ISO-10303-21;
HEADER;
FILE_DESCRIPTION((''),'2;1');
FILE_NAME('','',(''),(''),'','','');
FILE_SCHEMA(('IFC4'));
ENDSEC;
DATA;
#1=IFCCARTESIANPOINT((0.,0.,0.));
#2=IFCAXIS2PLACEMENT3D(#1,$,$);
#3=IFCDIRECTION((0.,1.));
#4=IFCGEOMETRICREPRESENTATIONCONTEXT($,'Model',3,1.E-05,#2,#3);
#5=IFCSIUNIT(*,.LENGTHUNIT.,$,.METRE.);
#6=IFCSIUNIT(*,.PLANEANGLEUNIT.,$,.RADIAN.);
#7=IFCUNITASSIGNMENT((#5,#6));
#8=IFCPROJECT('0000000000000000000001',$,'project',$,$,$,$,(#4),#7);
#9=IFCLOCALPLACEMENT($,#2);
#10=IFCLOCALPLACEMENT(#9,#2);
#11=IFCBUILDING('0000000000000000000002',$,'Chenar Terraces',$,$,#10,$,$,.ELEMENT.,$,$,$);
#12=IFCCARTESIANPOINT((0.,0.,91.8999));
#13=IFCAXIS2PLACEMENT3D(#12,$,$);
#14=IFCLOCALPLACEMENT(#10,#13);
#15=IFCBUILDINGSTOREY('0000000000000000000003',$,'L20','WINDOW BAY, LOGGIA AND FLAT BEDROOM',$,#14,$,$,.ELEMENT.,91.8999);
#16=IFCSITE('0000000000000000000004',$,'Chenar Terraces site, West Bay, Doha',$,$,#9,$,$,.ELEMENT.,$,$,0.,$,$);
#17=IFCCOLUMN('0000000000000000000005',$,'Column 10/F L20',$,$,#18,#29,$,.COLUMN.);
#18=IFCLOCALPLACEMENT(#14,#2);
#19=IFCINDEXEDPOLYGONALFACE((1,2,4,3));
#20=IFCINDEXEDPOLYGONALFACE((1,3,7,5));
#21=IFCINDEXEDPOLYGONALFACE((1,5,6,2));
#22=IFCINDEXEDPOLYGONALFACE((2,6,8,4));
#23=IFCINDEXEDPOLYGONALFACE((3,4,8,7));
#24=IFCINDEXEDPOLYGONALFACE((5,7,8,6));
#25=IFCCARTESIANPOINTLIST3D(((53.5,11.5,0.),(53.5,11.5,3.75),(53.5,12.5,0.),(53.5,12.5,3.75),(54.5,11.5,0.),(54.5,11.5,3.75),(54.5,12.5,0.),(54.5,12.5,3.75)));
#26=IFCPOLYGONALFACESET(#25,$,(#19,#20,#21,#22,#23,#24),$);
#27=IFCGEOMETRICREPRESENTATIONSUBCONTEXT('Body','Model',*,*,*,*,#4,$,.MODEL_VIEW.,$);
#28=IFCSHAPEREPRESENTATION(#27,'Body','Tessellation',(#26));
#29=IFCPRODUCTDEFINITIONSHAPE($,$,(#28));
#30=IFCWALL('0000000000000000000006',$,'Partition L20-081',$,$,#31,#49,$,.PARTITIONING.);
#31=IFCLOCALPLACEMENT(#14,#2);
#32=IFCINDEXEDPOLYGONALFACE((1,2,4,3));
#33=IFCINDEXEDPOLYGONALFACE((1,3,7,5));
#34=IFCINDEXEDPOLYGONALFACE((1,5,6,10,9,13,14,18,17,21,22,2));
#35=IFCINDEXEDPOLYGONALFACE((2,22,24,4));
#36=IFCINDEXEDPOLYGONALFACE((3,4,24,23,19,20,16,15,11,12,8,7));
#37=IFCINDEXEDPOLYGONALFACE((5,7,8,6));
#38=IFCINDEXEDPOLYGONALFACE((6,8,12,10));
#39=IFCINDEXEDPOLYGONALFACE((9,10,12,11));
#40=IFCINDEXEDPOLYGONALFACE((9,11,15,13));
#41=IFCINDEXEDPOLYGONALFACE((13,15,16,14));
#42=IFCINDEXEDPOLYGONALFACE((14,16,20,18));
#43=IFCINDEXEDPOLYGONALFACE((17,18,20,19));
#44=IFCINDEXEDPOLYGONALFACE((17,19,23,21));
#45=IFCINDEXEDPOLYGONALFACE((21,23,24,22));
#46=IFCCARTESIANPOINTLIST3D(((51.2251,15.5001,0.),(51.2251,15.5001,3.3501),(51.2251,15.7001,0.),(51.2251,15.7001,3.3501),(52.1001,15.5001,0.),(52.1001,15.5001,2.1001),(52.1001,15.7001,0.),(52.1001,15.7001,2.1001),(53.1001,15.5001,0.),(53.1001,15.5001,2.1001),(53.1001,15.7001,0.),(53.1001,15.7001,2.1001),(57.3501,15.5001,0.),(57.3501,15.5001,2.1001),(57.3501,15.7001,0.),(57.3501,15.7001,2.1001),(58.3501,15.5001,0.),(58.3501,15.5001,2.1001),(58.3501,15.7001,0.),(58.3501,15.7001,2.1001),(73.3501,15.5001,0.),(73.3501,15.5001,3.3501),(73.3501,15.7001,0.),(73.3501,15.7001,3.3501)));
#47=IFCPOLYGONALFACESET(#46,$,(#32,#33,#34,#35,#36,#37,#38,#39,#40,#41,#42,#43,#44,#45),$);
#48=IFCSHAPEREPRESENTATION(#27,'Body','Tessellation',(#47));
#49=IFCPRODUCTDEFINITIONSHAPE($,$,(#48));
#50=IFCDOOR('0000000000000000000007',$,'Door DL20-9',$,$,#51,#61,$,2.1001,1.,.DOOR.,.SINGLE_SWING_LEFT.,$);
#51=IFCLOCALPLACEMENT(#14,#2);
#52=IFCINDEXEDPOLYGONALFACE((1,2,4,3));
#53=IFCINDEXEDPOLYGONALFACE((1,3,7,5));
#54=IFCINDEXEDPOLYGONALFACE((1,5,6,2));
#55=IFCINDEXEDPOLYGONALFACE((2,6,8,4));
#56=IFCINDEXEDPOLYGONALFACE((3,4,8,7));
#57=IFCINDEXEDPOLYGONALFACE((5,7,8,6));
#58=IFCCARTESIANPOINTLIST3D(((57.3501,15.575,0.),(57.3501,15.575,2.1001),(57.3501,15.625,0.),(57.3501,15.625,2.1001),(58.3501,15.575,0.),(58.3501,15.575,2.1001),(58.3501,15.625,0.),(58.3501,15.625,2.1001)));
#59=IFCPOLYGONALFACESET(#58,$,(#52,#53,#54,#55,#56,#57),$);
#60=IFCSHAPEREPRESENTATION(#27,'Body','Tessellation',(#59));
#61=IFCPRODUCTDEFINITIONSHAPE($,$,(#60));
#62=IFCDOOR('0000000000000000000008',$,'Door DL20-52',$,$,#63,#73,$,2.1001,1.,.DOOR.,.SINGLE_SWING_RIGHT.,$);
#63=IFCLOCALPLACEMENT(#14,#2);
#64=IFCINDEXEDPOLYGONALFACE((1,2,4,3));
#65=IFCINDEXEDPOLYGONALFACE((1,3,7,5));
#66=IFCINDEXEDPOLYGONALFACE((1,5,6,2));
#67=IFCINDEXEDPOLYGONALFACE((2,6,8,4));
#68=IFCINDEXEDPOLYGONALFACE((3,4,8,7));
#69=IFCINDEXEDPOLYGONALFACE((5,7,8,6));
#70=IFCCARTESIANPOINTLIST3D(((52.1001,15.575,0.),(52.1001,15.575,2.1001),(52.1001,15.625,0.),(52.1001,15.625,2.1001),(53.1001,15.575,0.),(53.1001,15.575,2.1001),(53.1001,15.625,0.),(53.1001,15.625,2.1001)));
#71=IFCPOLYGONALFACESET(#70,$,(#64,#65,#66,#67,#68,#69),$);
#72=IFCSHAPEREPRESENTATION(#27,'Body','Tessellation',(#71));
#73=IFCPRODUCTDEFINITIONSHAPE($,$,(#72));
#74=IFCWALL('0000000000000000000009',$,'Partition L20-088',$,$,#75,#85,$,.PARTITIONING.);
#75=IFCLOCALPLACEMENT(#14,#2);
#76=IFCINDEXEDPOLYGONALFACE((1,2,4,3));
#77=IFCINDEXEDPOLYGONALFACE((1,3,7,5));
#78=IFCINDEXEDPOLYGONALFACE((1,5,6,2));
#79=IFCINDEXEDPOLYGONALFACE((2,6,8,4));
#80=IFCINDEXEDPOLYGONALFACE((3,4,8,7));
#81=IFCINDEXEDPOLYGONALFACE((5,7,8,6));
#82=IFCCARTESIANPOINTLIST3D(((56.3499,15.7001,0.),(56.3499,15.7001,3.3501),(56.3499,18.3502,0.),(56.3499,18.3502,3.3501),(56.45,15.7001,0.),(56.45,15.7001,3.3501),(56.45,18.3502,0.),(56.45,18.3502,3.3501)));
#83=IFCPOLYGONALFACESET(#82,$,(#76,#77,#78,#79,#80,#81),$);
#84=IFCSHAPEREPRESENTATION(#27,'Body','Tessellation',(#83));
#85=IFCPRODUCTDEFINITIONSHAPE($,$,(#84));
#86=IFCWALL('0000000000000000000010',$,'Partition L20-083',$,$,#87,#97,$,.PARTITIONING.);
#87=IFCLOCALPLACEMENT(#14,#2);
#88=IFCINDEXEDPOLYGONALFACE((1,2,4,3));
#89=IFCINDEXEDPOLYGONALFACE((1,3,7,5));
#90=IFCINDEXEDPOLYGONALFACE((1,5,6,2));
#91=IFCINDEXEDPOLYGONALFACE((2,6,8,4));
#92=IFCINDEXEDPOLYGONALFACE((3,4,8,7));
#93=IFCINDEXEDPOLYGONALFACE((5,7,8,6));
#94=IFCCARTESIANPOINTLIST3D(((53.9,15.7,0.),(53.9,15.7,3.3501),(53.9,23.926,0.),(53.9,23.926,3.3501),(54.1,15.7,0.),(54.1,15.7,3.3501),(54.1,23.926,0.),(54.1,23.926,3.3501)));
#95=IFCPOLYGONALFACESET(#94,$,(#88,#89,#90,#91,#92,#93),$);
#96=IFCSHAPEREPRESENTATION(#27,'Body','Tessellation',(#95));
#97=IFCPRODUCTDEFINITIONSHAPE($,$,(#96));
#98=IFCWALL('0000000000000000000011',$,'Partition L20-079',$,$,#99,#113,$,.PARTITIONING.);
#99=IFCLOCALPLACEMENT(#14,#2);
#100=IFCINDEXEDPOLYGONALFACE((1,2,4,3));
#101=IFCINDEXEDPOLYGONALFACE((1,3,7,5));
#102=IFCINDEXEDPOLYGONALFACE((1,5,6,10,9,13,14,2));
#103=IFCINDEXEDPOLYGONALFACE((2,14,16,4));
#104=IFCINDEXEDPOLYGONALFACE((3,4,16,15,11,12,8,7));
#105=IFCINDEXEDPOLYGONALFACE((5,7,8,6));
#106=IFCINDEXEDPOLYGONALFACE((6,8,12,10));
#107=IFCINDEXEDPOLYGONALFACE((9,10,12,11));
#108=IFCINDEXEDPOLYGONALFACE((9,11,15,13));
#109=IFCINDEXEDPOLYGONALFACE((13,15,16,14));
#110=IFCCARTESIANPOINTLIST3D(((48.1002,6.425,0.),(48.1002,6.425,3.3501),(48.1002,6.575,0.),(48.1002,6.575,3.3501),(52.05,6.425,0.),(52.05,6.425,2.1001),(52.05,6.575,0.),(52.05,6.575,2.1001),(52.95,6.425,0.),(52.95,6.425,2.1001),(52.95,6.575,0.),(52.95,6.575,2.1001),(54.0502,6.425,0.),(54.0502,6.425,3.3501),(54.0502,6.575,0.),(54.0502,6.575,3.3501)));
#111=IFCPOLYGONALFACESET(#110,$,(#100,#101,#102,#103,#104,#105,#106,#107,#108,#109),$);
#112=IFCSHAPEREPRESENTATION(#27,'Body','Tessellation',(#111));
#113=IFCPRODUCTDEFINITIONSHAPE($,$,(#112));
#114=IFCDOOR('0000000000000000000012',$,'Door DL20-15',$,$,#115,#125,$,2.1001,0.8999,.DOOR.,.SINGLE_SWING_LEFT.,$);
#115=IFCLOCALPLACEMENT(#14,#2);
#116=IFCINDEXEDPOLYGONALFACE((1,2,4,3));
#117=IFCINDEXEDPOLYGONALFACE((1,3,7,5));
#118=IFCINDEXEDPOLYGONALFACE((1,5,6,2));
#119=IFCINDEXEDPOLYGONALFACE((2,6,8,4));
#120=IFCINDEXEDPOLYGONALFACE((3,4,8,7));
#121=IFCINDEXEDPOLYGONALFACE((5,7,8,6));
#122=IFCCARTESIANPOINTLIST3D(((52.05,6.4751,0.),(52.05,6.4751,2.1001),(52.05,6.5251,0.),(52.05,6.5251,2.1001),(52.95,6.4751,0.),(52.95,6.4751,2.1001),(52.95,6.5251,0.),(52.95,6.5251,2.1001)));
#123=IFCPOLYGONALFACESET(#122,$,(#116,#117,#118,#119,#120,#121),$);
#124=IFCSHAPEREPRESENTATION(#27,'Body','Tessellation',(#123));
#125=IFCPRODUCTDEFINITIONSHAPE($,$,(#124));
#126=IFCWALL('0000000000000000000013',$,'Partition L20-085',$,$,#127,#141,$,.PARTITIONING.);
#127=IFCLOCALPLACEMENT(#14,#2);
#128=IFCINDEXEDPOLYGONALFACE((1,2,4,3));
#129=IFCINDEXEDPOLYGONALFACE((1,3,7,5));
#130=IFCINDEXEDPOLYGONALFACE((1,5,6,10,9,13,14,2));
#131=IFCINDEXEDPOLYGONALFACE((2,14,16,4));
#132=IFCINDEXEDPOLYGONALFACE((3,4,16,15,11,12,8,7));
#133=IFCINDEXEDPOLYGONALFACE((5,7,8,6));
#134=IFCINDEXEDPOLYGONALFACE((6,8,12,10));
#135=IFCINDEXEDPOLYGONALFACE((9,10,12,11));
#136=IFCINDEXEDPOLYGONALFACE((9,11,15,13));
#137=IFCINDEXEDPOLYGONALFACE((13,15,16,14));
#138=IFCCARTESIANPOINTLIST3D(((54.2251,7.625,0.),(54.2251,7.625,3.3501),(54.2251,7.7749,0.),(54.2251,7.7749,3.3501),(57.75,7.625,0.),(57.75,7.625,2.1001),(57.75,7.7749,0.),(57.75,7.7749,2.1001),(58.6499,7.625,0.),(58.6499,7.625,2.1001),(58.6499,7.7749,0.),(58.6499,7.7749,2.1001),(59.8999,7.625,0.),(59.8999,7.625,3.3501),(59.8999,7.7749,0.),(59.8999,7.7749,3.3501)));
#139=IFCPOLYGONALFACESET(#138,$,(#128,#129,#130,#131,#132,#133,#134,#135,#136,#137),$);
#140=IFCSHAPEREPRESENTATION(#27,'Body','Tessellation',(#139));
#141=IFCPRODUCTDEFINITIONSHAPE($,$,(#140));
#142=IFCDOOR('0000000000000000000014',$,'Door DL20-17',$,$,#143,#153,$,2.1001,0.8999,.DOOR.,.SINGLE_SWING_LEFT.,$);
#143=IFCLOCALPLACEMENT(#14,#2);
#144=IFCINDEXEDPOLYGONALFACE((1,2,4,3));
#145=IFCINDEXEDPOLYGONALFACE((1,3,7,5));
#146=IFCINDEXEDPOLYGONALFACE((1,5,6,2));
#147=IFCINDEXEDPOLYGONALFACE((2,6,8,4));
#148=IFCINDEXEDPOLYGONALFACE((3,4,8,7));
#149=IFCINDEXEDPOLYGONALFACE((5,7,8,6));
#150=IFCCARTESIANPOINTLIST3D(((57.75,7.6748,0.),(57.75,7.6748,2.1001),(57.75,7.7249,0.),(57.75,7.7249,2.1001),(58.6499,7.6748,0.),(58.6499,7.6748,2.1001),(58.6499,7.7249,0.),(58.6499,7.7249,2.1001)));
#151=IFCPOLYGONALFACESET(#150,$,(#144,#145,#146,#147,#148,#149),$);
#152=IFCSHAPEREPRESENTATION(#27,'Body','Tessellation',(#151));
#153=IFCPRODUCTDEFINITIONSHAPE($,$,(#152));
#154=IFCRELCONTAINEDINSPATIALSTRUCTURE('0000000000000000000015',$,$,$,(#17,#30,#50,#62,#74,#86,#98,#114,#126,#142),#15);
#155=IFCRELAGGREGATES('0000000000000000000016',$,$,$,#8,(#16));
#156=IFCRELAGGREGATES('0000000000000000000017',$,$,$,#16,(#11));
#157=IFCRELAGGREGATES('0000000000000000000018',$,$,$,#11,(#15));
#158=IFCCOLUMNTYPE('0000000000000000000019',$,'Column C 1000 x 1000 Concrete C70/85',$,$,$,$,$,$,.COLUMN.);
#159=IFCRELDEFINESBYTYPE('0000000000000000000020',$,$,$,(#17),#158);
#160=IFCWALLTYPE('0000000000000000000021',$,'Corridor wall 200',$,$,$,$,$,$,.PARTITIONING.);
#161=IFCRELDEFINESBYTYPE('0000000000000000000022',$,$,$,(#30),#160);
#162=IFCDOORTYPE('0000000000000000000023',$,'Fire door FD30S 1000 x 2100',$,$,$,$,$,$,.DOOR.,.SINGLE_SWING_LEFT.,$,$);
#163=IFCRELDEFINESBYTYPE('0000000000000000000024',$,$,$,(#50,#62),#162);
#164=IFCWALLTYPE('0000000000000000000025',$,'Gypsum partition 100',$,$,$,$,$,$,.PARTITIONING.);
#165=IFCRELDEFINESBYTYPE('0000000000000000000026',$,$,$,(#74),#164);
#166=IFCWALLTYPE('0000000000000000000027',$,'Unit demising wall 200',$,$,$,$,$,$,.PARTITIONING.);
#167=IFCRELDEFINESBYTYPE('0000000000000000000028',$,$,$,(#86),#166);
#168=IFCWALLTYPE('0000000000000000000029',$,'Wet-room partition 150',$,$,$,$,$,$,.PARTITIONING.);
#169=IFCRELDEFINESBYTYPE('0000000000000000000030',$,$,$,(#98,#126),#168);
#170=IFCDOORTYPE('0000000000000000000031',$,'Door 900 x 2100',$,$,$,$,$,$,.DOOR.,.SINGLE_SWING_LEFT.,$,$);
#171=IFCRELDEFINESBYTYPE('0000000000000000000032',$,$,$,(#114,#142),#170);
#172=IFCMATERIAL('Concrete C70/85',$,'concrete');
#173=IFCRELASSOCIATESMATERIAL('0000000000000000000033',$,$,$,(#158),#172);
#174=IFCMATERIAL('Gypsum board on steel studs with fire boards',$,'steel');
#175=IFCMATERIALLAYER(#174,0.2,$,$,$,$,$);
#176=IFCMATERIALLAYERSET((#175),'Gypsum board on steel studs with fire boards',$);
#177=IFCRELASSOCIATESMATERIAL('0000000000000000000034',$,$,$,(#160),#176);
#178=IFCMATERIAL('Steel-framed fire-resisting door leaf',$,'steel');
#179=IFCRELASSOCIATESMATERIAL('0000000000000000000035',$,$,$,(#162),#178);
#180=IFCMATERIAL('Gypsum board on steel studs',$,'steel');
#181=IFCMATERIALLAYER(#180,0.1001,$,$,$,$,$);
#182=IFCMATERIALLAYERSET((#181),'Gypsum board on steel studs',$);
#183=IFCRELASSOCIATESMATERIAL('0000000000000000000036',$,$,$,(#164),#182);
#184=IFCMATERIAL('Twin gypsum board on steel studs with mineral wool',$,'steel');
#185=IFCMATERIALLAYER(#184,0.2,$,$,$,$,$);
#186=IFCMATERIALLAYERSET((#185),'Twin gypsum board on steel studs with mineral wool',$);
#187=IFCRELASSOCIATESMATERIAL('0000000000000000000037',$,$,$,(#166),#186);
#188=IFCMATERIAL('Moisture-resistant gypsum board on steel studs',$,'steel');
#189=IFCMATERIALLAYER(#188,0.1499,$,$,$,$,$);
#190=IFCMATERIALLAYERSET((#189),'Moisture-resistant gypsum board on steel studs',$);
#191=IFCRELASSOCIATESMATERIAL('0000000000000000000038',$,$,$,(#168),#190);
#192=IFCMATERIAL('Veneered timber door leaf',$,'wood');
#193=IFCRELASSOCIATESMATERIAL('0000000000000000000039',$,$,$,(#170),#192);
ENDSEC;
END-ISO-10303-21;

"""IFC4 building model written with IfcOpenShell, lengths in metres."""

from ifc_helpers import new_model, si_unit, direction, frame, frame_2d, origin, origin_2d, place, context, subcontext, project, spatial, rectangle, extrude, material, layer, layer_set, material_profile, profile_set, type_object, element, fill, save


model = new_model("IFC4")

# Units and contexts
model_context = context("Model", 3, precision=1e-05, world=origin(), true_north=direction((0.0, 1.0)))
body_context = subcontext(model_context, "Body", "Model", "MODEL_VIEW")
ifc_project = project(units=[si_unit("LENGTHUNIT", "METRE"), si_unit("PLANEANGLEUNIT", "RADIAN")], contexts=[model_context])

# Site, building, storey
site_placement = place(None, origin())
site = spatial("IfcSite", under=ifc_project, at=site_placement, Name="Chenar Terraces site, West Bay, Doha", CompositionType="ELEMENT", RefElevation=0.0)
building_placement = place(site_placement, origin())
building = spatial("IfcBuilding", under=site, at=building_placement, Name="Chenar Terraces", CompositionType="ELEMENT")
storey_placement = place(building_placement, frame((0.0, 0.0, 91.8999)))
storey = spatial("IfcBuildingStorey", under=building, at=storey_placement, Name="L20", Description="WINDOW BAY, LOGGIA AND FLAT BEDROOM", CompositionType="ELEMENT", Elevation=91.8999)

# Column
ifc_material_1 = material(Name="Concrete C70/85", Category="concrete")
ifc_material_profile = material_profile(ifc_material_1, rectangle(XDim=1.0, YDim=1.0, at=origin_2d()), Name="C 1000 x 1000")
ifc_profile_set = profile_set([ifc_material_profile], Name="Concrete C70/85")
column_type = type_object("IfcColumnType", Name="Column C 1000 x 1000 Concrete C70/85", PredefinedType="COLUMN", material=ifc_profile_set)
column_placement = place(storey_placement, frame((54.0, 12.0, 0.0), z_axis=(0.0, 0.0, 1.0), x_axis=(1.0, 0.0, 0.0)))
element("IfcColumn", 1, at=column_placement, inside=storey, type_object=column_type, Name="Column 10/F L20", PredefinedType="COLUMN", context=body_context, shape_type="SweptSolid", body=[
    extrude(rectangle(XDim=1.0, YDim=1.0, at=origin_2d()), origin(), (0.0, 0.0, 1.0), 3.75),
])

# Wall, openings, doors
ifc_material_2 = material(Name="Gypsum board on steel studs with fire boards", Category="steel")
ifc_layer_1 = layer(ifc_material_2, 0.2)
ifc_layer_set_1 = layer_set([ifc_layer_1], Name="Gypsum board on steel studs with fire boards")
wall_type_1 = type_object("IfcWallType", Name="Corridor wall 200", PredefinedType="PARTITIONING", material=ifc_layer_set_1)
wall_1_placement = place(storey_placement, frame((51.2251, 15.6001, 0.0), z_axis=(0.0, 0.0, 1.0), x_axis=(1.0, 0.0, 0.0)))
wall_1 = element("IfcWall", 2, at=wall_1_placement, inside=storey, type_object=wall_type_1, Name="Partition L20-081", PredefinedType="PARTITIONING", context=body_context, shape_type="SweptSolid", body=[
    extrude(rectangle(XDim=22.125, YDim=0.2, at=frame_2d((11.0625, 0.0))), origin(), (0.0, 0.0, 1.0), 3.3501),
])
opening_1_placement = place(wall_1_placement, frame((6.125, 0.0, 0.0)))
opening_1 = element("IfcOpeningElement", 3, at=opening_1_placement, cuts=wall_1, PredefinedType="OPENING", context=body_context, shape_type="SweptSolid", body=[
    extrude(rectangle(XDim=1.0, YDim=2.1001, at=frame_2d((0.5, 1.05))), frame((0.0, 0.1099, 0.0), z_axis=(0.0, -1.0, 0.0), x_axis=(1.0, 0.0, 0.0)), (0.0, 0.0, 1.0), 0.22),
])
opening_2_placement = place(wall_1_placement, frame((0.875, 0.0, 0.0)))
opening_2 = element("IfcOpeningElement", 4, at=opening_2_placement, cuts=wall_1, PredefinedType="OPENING", context=body_context, shape_type="SweptSolid", body=[
    extrude(rectangle(XDim=1.0, YDim=2.1001, at=frame_2d((0.5, 1.05))), frame((0.0, 0.1099, 0.0), z_axis=(0.0, -1.0, 0.0), x_axis=(1.0, 0.0, 0.0)), (0.0, 0.0, 1.0), 0.22),
])
ifc_material_3 = material(Name="Steel-framed fire-resisting door leaf", Category="steel")
door_type_1 = type_object("IfcDoorType", Name="Fire door FD30S 1000 x 2100", OperationType="SINGLE_SWING_LEFT", PredefinedType="DOOR", material=ifc_material_3)
door_1_placement = place(opening_1_placement, origin())
door_1 = element("IfcDoor", 5, at=door_1_placement, inside=storey, type_object=door_type_1, Name="Door DL20-9", OperationType="SINGLE_SWING_LEFT", OverallHeight=2.1001, OverallWidth=1.0, PredefinedType="DOOR", context=body_context, shape_type="SweptSolid", body=[
    extrude(rectangle(XDim=1.0, YDim=2.1001, at=frame_2d((0.5, 1.05))), frame((0.0, 0.0249, 0.0), z_axis=(0.0, -1.0, 0.0), x_axis=(1.0, 0.0, 0.0)), (0.0, 0.0, 1.0), 0.05),
])
fill(opening_1, door_1)
door_2_placement = place(opening_2_placement, origin())
door_2 = element("IfcDoor", 6, at=door_2_placement, inside=storey, type_object=door_type_1, Name="Door DL20-52", OperationType="SINGLE_SWING_RIGHT", OverallHeight=2.1001, OverallWidth=1.0, PredefinedType="DOOR", context=body_context, shape_type="SweptSolid", body=[
    extrude(rectangle(XDim=1.0, YDim=2.1001, at=frame_2d((0.5, 1.05))), frame((0.0, 0.0249, 0.0), z_axis=(0.0, -1.0, 0.0), x_axis=(1.0, 0.0, 0.0)), (0.0, 0.0, 1.0), 0.05),
])
fill(opening_2, door_2)

# Walls
ifc_material_4 = material(Name="Gypsum board on steel studs", Category="steel")
ifc_layer_2 = layer(ifc_material_4, 0.1001)
ifc_layer_set_2 = layer_set([ifc_layer_2], Name="Gypsum board on steel studs")
wall_type_2 = type_object("IfcWallType", Name="Gypsum partition 100", PredefinedType="PARTITIONING", material=ifc_layer_set_2)
wall_2_placement = place(storey_placement, frame((56.3999, 15.7, 0.0), z_axis=(0.0, 0.0, 1.0), x_axis=(0.0, 1.0, 0.0)))
element("IfcWall", 7, at=wall_2_placement, inside=storey, type_object=wall_type_2, Name="Partition L20-088", PredefinedType="PARTITIONING", context=body_context, shape_type="SweptSolid", body=[
    extrude(rectangle(XDim=2.6501, YDim=0.1001, at=frame_2d((1.3252, 0.0))), origin(), (0.0, 0.0, 1.0), 3.3501),
])
ifc_material_5 = material(Name="Twin gypsum board on steel studs with mineral wool", Category="steel")
ifc_layer_3 = layer(ifc_material_5, 0.2)
ifc_layer_set_3 = layer_set([ifc_layer_3], Name="Twin gypsum board on steel studs with mineral wool")
wall_type_3 = type_object("IfcWallType", Name="Unit demising wall 200", PredefinedType="PARTITIONING", material=ifc_layer_set_3)
wall_3_placement = place(storey_placement, frame((54.0, 15.7, 0.0), z_axis=(0.0, 0.0, 1.0), x_axis=(0.0, 1.0, 0.0)))
element("IfcWall", 8, at=wall_3_placement, inside=storey, type_object=wall_type_3, Name="Partition L20-083", PredefinedType="PARTITIONING", context=body_context, shape_type="SweptSolid", body=[
    extrude(rectangle(XDim=8.2261, YDim=0.2, at=frame_2d((4.113, 0.0))), origin(), (0.0, 0.0, 1.0), 3.3501),
])

# Walls, openings, doors
ifc_material_6 = material(Name="Moisture-resistant gypsum board on steel studs", Category="steel")
ifc_layer_4 = layer(ifc_material_6, 0.1499)
ifc_layer_set_4 = layer_set([ifc_layer_4], Name="Moisture-resistant gypsum board on steel studs")
wall_type_4 = type_object("IfcWallType", Name="Wet-room partition 150", PredefinedType="PARTITIONING", material=ifc_layer_set_4)
wall_4_placement = place(storey_placement, frame((48.1001, 6.5, 0.0), z_axis=(0.0, 0.0, 1.0), x_axis=(1.0, 0.0, 0.0)))
wall_4 = element("IfcWall", 9, at=wall_4_placement, inside=storey, type_object=wall_type_4, Name="Partition L20-079", PredefinedType="PARTITIONING", context=body_context, shape_type="SweptSolid", body=[
    extrude(rectangle(XDim=5.95, YDim=0.1499, at=frame_2d((2.9751, 0.0))), origin(), (0.0, 0.0, 1.0), 3.3501),
])
opening_3_placement = place(wall_4_placement, frame((3.95, 0.0, 0.0)))
opening_3 = element("IfcOpeningElement", 10, at=opening_3_placement, cuts=wall_4, PredefinedType="OPENING", context=body_context, shape_type="SweptSolid", body=[
    extrude(rectangle(XDim=0.8999, YDim=2.1001, at=frame_2d((0.45, 1.05))), frame((0.0, 0.085, 0.0), z_axis=(0.0, -1.0, 0.0), x_axis=(1.0, 0.0, 0.0)), (0.0, 0.0, 1.0), 0.1699),
])
ifc_material_7 = material(Name="Veneered timber door leaf", Category="wood")
door_type_2 = type_object("IfcDoorType", Name="Door 900 x 2100", OperationType="SINGLE_SWING_LEFT", PredefinedType="DOOR", material=ifc_material_7)
door_3_placement = place(opening_3_placement, frame((0.8999, 0.0, 0.0), z_axis=(0.0, 0.0, 1.0), x_axis=(-1.0, 0.0, 0.0)))
door_3 = element("IfcDoor", 11, at=door_3_placement, inside=storey, type_object=door_type_2, Name="Door DL20-15", OperationType="SINGLE_SWING_LEFT", OverallHeight=2.1001, OverallWidth=0.8999, PredefinedType="DOOR", context=body_context, shape_type="SweptSolid", body=[
    extrude(rectangle(XDim=0.8999, YDim=2.1001, at=frame_2d((0.45, 1.05))), frame((0.0, 0.0249, 0.0), z_axis=(0.0, -1.0, 0.0), x_axis=(1.0, 0.0, 0.0)), (0.0, 0.0, 1.0), 0.05),
])
fill(opening_3, door_3)
wall_5_placement = place(storey_placement, frame((54.2251, 7.7, 0.0), z_axis=(0.0, 0.0, 1.0), x_axis=(1.0, 0.0, 0.0)))
wall_5 = element("IfcWall", 12, at=wall_5_placement, inside=storey, type_object=wall_type_4, Name="Partition L20-085", PredefinedType="PARTITIONING", context=body_context, shape_type="SweptSolid", body=[
    extrude(rectangle(XDim=5.6748, YDim=0.1499, at=frame_2d((2.8374, 0.0))), origin(), (0.0, 0.0, 1.0), 3.3501),
])
opening_4_placement = place(wall_5_placement, frame((3.5249, 0.0, 0.0)))
opening_4 = element("IfcOpeningElement", 13, at=opening_4_placement, cuts=wall_5, PredefinedType="OPENING", context=body_context, shape_type="SweptSolid", body=[
    extrude(rectangle(XDim=0.8999, YDim=2.1001, at=frame_2d((0.45, 1.05))), frame((0.0, 0.085, 0.0), z_axis=(0.0, -1.0, 0.0), x_axis=(1.0, 0.0, 0.0)), (0.0, 0.0, 1.0), 0.1699),
])
door_4_placement = place(opening_4_placement, origin())
door_4 = element("IfcDoor", 14, at=door_4_placement, inside=storey, type_object=door_type_2, Name="Door DL20-17", OperationType="SINGLE_SWING_LEFT", OverallHeight=2.1001, OverallWidth=0.8999, PredefinedType="DOOR", context=body_context, shape_type="SweptSolid", body=[
    extrude(rectangle(XDim=0.8999, YDim=2.1001, at=frame_2d((0.45, 1.05))), frame((0.0, 0.0249, 0.0), z_axis=(0.0, -1.0, 0.0), x_axis=(1.0, 0.0, 0.0)), (0.0, 0.0, 1.0), 0.05),
])
fill(opening_4, door_4)

save(model, "model.ifc")
